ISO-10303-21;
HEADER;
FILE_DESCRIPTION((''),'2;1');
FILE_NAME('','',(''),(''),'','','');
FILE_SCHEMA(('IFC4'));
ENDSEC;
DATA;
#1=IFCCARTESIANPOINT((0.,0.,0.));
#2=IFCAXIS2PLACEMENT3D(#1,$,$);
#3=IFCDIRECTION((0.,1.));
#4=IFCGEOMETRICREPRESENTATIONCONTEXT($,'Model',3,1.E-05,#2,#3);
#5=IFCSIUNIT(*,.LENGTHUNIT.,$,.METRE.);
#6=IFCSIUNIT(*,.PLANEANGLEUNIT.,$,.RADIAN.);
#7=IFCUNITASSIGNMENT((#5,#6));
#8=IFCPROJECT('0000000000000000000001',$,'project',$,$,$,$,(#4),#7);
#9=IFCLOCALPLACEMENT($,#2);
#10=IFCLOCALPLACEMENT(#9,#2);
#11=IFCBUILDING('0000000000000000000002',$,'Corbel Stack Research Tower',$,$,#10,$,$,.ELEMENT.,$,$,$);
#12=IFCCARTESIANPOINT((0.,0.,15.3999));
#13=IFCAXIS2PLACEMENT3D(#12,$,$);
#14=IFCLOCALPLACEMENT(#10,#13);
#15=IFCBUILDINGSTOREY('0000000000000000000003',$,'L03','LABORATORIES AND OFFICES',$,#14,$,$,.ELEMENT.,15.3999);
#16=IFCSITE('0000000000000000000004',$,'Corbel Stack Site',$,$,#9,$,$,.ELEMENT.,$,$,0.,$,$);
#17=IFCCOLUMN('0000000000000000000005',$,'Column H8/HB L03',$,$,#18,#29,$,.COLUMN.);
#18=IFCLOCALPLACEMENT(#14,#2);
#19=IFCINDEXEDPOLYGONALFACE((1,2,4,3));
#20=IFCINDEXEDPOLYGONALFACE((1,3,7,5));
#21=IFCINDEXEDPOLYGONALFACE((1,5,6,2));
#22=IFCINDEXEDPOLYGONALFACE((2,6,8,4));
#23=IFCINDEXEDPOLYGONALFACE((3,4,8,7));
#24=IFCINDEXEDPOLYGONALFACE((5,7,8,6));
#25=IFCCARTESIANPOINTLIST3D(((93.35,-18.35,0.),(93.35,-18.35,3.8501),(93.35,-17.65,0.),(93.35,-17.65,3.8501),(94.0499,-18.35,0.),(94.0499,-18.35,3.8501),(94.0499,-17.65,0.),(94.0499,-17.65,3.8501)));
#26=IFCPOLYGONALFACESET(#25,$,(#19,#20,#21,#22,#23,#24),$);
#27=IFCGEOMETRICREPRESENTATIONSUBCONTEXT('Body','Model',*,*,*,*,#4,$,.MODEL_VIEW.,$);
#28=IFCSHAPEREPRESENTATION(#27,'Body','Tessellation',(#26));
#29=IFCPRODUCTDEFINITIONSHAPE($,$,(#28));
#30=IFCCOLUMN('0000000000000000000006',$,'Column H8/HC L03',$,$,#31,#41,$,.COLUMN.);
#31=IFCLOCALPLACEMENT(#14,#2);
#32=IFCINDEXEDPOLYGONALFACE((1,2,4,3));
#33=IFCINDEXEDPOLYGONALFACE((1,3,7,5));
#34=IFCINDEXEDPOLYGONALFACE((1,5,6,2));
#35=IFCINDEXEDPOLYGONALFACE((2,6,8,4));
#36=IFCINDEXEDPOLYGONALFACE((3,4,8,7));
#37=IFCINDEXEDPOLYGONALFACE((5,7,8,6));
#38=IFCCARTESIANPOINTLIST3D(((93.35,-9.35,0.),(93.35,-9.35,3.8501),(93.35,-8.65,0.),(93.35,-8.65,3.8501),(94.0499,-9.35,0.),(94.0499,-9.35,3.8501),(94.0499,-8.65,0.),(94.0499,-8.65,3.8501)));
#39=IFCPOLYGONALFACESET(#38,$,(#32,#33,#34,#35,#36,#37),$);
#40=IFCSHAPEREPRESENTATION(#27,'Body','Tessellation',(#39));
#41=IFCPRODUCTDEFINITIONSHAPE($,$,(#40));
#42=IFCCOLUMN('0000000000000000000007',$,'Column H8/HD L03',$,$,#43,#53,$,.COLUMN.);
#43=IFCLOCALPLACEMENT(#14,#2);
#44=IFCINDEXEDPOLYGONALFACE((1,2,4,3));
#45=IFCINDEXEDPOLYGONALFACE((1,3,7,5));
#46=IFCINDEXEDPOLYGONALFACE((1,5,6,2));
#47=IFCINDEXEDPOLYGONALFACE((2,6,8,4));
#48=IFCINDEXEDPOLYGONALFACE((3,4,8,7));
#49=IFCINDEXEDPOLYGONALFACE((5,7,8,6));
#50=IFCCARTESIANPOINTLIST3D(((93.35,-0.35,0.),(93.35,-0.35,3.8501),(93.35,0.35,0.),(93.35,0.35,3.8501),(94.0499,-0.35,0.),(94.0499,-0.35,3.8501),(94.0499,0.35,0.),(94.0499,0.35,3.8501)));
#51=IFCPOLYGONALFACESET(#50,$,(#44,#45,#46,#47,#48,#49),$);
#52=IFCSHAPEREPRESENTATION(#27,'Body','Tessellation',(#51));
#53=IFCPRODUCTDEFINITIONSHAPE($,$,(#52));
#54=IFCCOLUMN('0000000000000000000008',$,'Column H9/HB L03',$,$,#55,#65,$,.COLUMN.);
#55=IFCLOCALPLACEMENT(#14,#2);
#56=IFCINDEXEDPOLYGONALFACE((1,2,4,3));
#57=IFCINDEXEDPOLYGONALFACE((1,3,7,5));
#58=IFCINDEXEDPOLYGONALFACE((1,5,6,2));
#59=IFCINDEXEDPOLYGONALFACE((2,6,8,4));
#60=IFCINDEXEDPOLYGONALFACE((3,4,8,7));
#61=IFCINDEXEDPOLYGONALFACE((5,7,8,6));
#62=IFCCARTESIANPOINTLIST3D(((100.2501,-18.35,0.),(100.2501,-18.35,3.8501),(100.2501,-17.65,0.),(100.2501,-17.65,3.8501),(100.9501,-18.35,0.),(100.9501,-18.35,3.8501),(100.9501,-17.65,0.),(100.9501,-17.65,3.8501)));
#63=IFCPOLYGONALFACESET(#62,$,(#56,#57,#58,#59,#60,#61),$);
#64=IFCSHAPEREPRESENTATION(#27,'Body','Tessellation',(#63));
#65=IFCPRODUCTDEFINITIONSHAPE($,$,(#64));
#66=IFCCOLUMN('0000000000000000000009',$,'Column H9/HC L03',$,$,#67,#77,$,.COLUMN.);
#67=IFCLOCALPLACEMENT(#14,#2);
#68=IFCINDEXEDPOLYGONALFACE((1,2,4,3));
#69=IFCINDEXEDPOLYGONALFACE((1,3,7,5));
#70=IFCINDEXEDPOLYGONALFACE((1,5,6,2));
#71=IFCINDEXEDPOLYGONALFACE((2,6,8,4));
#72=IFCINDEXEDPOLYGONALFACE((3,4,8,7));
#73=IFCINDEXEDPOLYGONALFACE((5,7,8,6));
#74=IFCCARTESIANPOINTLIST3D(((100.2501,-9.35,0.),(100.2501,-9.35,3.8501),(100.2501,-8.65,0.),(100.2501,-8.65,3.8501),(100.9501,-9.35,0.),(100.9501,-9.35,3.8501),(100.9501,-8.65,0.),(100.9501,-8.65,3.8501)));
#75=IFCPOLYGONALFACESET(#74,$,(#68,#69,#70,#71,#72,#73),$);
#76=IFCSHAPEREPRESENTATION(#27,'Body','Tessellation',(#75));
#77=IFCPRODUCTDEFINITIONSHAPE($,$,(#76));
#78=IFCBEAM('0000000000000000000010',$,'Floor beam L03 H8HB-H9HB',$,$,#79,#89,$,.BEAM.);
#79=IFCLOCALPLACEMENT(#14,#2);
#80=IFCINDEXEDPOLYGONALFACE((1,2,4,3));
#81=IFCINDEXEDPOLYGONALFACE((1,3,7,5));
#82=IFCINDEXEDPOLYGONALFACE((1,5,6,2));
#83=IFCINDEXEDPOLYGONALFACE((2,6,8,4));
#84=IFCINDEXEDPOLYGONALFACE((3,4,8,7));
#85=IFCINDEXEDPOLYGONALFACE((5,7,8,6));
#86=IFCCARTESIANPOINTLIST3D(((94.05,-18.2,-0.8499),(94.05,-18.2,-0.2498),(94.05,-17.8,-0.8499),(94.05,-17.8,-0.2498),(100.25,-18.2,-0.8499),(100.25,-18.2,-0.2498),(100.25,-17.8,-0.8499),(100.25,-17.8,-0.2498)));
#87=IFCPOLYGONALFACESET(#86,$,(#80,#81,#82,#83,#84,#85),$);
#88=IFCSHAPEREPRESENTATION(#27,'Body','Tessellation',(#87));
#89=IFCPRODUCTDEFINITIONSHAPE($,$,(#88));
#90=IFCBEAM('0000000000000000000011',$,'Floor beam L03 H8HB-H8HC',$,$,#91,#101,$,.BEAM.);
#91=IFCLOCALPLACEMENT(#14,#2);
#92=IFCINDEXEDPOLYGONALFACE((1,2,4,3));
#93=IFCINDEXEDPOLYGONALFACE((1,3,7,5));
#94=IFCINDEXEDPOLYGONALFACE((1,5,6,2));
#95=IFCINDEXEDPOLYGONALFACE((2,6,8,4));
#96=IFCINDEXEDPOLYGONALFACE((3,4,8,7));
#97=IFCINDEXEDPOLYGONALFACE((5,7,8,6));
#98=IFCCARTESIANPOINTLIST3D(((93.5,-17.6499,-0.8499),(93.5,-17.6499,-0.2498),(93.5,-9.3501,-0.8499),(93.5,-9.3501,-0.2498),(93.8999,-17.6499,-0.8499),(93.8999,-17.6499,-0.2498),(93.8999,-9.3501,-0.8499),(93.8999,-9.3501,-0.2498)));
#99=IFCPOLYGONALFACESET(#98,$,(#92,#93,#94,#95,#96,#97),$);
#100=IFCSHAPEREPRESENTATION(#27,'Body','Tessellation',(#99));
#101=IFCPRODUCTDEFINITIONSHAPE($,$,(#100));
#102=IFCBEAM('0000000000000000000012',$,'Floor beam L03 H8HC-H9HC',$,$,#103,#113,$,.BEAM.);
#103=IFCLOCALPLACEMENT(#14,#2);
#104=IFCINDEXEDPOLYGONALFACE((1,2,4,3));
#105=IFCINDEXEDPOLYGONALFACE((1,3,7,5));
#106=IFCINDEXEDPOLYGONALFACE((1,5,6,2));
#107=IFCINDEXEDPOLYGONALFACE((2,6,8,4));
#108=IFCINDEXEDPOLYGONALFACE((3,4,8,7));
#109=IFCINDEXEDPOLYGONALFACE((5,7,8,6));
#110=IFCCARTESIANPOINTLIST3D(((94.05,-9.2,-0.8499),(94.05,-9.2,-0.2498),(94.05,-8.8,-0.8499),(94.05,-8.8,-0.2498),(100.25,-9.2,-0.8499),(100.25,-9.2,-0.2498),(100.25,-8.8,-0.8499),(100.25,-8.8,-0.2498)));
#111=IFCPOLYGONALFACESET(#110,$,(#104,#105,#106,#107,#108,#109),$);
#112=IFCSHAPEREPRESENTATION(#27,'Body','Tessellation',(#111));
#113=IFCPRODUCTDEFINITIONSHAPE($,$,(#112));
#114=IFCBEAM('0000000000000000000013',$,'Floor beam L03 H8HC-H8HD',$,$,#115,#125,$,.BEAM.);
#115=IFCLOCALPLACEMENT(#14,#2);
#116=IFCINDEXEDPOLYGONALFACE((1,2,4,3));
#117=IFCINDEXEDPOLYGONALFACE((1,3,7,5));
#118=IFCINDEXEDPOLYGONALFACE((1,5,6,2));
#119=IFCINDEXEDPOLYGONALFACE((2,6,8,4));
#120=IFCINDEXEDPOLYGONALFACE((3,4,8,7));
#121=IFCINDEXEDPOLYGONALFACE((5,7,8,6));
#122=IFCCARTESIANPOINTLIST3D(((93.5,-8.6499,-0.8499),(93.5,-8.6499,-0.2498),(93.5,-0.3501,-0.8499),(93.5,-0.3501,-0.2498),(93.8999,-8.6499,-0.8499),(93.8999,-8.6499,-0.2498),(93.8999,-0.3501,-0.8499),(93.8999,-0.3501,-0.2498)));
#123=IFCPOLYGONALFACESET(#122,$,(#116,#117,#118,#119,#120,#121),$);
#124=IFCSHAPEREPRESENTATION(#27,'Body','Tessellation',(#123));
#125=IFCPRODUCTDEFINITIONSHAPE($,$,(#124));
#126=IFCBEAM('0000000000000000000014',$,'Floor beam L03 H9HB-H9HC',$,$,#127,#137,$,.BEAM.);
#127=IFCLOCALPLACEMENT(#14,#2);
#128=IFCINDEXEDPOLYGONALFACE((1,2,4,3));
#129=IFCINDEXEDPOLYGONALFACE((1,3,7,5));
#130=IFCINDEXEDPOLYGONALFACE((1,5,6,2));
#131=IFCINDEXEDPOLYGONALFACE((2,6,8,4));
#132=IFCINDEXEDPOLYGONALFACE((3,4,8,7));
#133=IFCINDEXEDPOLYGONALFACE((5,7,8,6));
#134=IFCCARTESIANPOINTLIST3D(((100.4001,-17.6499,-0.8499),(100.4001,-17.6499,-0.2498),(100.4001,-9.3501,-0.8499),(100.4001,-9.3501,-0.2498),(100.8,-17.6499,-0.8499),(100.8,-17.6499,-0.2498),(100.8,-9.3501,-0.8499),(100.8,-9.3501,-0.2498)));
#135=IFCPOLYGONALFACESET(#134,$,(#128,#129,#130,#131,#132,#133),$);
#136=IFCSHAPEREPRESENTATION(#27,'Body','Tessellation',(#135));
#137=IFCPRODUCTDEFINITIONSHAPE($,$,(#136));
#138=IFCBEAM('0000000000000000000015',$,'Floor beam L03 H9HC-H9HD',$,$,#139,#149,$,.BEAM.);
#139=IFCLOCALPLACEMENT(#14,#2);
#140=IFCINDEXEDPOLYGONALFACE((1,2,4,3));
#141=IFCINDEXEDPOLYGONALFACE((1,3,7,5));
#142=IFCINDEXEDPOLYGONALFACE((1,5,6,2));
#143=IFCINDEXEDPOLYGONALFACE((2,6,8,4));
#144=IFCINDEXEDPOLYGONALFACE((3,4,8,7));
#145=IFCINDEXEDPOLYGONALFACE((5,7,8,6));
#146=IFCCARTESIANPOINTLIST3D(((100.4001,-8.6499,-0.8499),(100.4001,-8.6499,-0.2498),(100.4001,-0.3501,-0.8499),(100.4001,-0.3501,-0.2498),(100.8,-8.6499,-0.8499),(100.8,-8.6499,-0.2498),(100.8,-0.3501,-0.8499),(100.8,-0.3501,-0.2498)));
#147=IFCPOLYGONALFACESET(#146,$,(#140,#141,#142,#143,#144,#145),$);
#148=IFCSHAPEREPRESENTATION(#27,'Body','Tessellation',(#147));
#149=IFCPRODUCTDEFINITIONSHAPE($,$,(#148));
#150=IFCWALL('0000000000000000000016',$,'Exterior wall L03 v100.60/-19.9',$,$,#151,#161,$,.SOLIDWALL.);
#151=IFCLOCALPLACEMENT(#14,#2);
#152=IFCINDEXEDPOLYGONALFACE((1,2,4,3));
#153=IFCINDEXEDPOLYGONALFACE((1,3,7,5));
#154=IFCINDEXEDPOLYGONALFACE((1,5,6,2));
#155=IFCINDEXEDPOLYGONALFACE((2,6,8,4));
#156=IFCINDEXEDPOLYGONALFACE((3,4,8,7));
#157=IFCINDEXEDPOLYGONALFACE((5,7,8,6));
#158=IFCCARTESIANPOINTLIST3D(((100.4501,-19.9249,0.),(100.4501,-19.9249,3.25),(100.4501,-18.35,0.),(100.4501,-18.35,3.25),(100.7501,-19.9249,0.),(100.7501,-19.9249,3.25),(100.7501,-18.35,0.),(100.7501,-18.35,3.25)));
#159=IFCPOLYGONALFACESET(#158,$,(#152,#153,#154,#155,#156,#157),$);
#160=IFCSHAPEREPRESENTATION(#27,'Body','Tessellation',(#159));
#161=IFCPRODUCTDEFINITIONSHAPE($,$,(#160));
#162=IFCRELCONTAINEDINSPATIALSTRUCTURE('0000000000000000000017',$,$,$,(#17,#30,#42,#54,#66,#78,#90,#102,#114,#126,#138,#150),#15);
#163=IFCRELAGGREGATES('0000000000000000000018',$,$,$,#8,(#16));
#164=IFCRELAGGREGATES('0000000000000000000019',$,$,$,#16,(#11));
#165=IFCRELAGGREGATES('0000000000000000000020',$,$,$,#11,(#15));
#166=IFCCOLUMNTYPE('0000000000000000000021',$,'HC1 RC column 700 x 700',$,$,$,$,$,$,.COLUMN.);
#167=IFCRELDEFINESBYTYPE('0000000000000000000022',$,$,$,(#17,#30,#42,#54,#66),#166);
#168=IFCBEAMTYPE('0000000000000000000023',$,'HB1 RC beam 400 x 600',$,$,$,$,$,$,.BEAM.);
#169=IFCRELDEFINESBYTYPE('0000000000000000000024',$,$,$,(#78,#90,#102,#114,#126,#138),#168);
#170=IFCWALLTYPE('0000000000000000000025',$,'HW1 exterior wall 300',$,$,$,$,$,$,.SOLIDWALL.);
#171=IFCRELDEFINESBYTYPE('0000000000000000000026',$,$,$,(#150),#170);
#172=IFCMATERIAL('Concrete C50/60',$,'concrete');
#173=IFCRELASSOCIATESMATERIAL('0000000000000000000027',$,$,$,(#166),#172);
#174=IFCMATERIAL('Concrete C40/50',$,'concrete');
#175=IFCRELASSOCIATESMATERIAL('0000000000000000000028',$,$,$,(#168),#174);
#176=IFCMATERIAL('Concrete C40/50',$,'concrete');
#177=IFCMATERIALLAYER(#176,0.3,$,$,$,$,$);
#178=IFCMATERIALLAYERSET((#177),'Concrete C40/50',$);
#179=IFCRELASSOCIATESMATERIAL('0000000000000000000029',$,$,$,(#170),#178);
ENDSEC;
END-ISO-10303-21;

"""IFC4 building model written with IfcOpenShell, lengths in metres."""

from ifc_helpers import new_model, si_unit, direction, frame, frame_2d, origin, origin_2d, place, context, subcontext, project, spatial, rectangle, extrude, material, layer, layer_set, material_profile, profile_set, type_object, element, save


model = new_model("IFC4")

# Units and contexts
model_context = context("Model", 3, precision=1e-05, world=origin(), true_north=direction((0.0, 1.0)))
body_context = subcontext(model_context, "Body", "Model", "MODEL_VIEW")
ifc_project = project(units=[si_unit("LENGTHUNIT", "METRE"), si_unit("PLANEANGLEUNIT", "RADIAN")], contexts=[model_context])

# Site, building, storey
site_placement = place(None, origin())
site = spatial("IfcSite", under=ifc_project, at=site_placement, Name="Corbel Stack Site", CompositionType="ELEMENT", RefElevation=0.0)
building_placement = place(site_placement, origin())
building = spatial("IfcBuilding", under=site, at=building_placement, Name="Corbel Stack Research Tower", CompositionType="ELEMENT")
storey_placement = place(building_placement, frame((0.0, 0.0, 15.3999)))
storey = spatial("IfcBuildingStorey", under=building, at=storey_placement, Name="L03", Description="LABORATORIES AND OFFICES", CompositionType="ELEMENT", Elevation=15.3999)

# Columns
ifc_material_1 = material(Name="Concrete C50/60", Category="concrete")
ifc_material_profile_1 = material_profile(ifc_material_1, rectangle(XDim=0.7, YDim=0.7, at=origin_2d()), Name="RC 700 x 700")
ifc_profile_set_1 = profile_set([ifc_material_profile_1], Name="Concrete C50/60")
column_type = type_object("IfcColumnType", Name="HC1 RC column 700 x 700", PredefinedType="COLUMN", material=ifc_profile_set_1)
for number, where, z_axis, x_axis, name in (
    (1, (93.7, -18.0, 0.0), (0.0, 0.0, 1.0), (1.0, 0.0, 0.0), "Column H8/HB L03"),
    (2, (93.7, -9.0, 0.0), (0.0, 0.0, 1.0), (1.0, 0.0, 0.0), "Column H8/HC L03"),
    (3, (93.7, 0.0, 0.0), (0.0, 0.0, 1.0), (1.0, 0.0, 0.0), "Column H8/HD L03"),
    (4, (100.6001, -18.0, 0.0), (0.0, 0.0, 1.0), (1.0, 0.0, 0.0), "Column H9/HB L03"),
    (5, (100.6001, -9.0, 0.0), (0.0, 0.0, 1.0), (1.0, 0.0, 0.0), "Column H9/HC L03"),
):
    element("IfcColumn", number, at=place(storey_placement, frame(where, z_axis=z_axis, x_axis=x_axis)), inside=storey, type_object=column_type, Name=name, PredefinedType="COLUMN", context=body_context, shape_type="SweptSolid", body=[
        extrude(rectangle(XDim=0.7, YDim=0.7, at=origin_2d()), origin(), (0.0, 0.0, 1.0), 3.8501),
    ])

# Beams
ifc_material_2 = material(Name="Concrete C40/50", Category="concrete")
ifc_material_profile_2 = material_profile(ifc_material_2, rectangle(XDim=0.3999, YDim=0.6001, at=origin_2d()), Name="RC 400 x 600")
ifc_profile_set_2 = profile_set([ifc_material_profile_2], Name="Concrete C40/50")
beam_type = type_object("IfcBeamType", Name="HB1 RC beam 400 x 600", PredefinedType="BEAM", material=ifc_profile_set_2)
beam_1_placement = place(storey_placement, frame((94.05, -18.0, -0.5498), z_axis=(1.0, 0.0, 0.0), x_axis=(0.0, 1.0, 0.0)))
element("IfcBeam", 6, at=beam_1_placement, inside=storey, type_object=beam_type, Name="Floor beam L03 H8HB-H9HB", PredefinedType="BEAM", context=body_context, shape_type="SweptSolid", body=[
    extrude(rectangle(XDim=0.3999, YDim=0.6001, at=origin_2d()), origin(), (0.0, 0.0, 1.0), 6.2),
])
beam_2_placement = place(storey_placement, frame((93.7, -17.6499, -0.5498), z_axis=(0.0, 1.0, 0.0), x_axis=(-1.0, 0.0, 0.0)))
element("IfcBeam", 7, at=beam_2_placement, inside=storey, type_object=beam_type, Name="Floor beam L03 H8HB-H8HC", PredefinedType="BEAM", context=body_context, shape_type="SweptSolid", body=[
    extrude(rectangle(XDim=0.3999, YDim=0.6001, at=origin_2d()), origin(), (0.0, 0.0, 1.0), 8.2998),
])
beam_3_placement = place(storey_placement, frame((94.05, -9.0, -0.5498), z_axis=(1.0, 0.0, 0.0), x_axis=(0.0, 1.0, 0.0)))
element("IfcBeam", 8, at=beam_3_placement, inside=storey, type_object=beam_type, Name="Floor beam L03 H8HC-H9HC", PredefinedType="BEAM", context=body_context, shape_type="SweptSolid", body=[
    extrude(rectangle(XDim=0.3999, YDim=0.6001, at=origin_2d()), origin(), (0.0, 0.0, 1.0), 6.2),
])
for number, where, z_axis, x_axis, name in (
    (9, (93.7, -8.6499, -0.5498), (0.0, 1.0, 0.0), (-1.0, 0.0, 0.0), "Floor beam L03 H8HC-H8HD"),
    (10, (100.6001, -17.6499, -0.5498), (0.0, 1.0, 0.0), (-1.0, 0.0, 0.0), "Floor beam L03 H9HB-H9HC"),
    (11, (100.6001, -8.6499, -0.5498), (0.0, 1.0, 0.0), (-1.0, 0.0, 0.0), "Floor beam L03 H9HC-H9HD"),
):
    element("IfcBeam", number, at=place(storey_placement, frame(where, z_axis=z_axis, x_axis=x_axis)), inside=storey, type_object=beam_type, Name=name, PredefinedType="BEAM", context=body_context, shape_type="SweptSolid", body=[
        extrude(rectangle(XDim=0.3999, YDim=0.6001, at=origin_2d()), origin(), (0.0, 0.0, 1.0), 8.2998),
    ])

# Wall
ifc_material_3 = material(Name="Concrete C40/50", Category="concrete")
ifc_layer_1 = layer(ifc_material_3, 0.3)
ifc_layer_set_1 = layer_set([ifc_layer_1], Name="Concrete C40/50")
wall_type_1 = type_object("IfcWallType", Name="HW1 exterior wall 300", PredefinedType="SOLIDWALL", material=ifc_layer_set_1)
wall_1_placement = place(storey_placement, frame((100.6001, -19.925, 0.0), z_axis=(0.0, 0.0, 1.0), x_axis=(0.0, 1.0, 0.0)))
element("IfcWall", 12, at=wall_1_placement, inside=storey, type_object=wall_type_1, Name="Exterior wall L03 v100.60/-19.9", PredefinedType="SOLIDWALL", context=body_context, shape_type="SweptSolid", body=[
    extrude(rectangle(XDim=1.575, YDim=0.3, at=frame_2d((0.7876, 0.0))), origin(), (0.0, 0.0, 1.0), 3.25),
])

save(model, "model.ifc")
